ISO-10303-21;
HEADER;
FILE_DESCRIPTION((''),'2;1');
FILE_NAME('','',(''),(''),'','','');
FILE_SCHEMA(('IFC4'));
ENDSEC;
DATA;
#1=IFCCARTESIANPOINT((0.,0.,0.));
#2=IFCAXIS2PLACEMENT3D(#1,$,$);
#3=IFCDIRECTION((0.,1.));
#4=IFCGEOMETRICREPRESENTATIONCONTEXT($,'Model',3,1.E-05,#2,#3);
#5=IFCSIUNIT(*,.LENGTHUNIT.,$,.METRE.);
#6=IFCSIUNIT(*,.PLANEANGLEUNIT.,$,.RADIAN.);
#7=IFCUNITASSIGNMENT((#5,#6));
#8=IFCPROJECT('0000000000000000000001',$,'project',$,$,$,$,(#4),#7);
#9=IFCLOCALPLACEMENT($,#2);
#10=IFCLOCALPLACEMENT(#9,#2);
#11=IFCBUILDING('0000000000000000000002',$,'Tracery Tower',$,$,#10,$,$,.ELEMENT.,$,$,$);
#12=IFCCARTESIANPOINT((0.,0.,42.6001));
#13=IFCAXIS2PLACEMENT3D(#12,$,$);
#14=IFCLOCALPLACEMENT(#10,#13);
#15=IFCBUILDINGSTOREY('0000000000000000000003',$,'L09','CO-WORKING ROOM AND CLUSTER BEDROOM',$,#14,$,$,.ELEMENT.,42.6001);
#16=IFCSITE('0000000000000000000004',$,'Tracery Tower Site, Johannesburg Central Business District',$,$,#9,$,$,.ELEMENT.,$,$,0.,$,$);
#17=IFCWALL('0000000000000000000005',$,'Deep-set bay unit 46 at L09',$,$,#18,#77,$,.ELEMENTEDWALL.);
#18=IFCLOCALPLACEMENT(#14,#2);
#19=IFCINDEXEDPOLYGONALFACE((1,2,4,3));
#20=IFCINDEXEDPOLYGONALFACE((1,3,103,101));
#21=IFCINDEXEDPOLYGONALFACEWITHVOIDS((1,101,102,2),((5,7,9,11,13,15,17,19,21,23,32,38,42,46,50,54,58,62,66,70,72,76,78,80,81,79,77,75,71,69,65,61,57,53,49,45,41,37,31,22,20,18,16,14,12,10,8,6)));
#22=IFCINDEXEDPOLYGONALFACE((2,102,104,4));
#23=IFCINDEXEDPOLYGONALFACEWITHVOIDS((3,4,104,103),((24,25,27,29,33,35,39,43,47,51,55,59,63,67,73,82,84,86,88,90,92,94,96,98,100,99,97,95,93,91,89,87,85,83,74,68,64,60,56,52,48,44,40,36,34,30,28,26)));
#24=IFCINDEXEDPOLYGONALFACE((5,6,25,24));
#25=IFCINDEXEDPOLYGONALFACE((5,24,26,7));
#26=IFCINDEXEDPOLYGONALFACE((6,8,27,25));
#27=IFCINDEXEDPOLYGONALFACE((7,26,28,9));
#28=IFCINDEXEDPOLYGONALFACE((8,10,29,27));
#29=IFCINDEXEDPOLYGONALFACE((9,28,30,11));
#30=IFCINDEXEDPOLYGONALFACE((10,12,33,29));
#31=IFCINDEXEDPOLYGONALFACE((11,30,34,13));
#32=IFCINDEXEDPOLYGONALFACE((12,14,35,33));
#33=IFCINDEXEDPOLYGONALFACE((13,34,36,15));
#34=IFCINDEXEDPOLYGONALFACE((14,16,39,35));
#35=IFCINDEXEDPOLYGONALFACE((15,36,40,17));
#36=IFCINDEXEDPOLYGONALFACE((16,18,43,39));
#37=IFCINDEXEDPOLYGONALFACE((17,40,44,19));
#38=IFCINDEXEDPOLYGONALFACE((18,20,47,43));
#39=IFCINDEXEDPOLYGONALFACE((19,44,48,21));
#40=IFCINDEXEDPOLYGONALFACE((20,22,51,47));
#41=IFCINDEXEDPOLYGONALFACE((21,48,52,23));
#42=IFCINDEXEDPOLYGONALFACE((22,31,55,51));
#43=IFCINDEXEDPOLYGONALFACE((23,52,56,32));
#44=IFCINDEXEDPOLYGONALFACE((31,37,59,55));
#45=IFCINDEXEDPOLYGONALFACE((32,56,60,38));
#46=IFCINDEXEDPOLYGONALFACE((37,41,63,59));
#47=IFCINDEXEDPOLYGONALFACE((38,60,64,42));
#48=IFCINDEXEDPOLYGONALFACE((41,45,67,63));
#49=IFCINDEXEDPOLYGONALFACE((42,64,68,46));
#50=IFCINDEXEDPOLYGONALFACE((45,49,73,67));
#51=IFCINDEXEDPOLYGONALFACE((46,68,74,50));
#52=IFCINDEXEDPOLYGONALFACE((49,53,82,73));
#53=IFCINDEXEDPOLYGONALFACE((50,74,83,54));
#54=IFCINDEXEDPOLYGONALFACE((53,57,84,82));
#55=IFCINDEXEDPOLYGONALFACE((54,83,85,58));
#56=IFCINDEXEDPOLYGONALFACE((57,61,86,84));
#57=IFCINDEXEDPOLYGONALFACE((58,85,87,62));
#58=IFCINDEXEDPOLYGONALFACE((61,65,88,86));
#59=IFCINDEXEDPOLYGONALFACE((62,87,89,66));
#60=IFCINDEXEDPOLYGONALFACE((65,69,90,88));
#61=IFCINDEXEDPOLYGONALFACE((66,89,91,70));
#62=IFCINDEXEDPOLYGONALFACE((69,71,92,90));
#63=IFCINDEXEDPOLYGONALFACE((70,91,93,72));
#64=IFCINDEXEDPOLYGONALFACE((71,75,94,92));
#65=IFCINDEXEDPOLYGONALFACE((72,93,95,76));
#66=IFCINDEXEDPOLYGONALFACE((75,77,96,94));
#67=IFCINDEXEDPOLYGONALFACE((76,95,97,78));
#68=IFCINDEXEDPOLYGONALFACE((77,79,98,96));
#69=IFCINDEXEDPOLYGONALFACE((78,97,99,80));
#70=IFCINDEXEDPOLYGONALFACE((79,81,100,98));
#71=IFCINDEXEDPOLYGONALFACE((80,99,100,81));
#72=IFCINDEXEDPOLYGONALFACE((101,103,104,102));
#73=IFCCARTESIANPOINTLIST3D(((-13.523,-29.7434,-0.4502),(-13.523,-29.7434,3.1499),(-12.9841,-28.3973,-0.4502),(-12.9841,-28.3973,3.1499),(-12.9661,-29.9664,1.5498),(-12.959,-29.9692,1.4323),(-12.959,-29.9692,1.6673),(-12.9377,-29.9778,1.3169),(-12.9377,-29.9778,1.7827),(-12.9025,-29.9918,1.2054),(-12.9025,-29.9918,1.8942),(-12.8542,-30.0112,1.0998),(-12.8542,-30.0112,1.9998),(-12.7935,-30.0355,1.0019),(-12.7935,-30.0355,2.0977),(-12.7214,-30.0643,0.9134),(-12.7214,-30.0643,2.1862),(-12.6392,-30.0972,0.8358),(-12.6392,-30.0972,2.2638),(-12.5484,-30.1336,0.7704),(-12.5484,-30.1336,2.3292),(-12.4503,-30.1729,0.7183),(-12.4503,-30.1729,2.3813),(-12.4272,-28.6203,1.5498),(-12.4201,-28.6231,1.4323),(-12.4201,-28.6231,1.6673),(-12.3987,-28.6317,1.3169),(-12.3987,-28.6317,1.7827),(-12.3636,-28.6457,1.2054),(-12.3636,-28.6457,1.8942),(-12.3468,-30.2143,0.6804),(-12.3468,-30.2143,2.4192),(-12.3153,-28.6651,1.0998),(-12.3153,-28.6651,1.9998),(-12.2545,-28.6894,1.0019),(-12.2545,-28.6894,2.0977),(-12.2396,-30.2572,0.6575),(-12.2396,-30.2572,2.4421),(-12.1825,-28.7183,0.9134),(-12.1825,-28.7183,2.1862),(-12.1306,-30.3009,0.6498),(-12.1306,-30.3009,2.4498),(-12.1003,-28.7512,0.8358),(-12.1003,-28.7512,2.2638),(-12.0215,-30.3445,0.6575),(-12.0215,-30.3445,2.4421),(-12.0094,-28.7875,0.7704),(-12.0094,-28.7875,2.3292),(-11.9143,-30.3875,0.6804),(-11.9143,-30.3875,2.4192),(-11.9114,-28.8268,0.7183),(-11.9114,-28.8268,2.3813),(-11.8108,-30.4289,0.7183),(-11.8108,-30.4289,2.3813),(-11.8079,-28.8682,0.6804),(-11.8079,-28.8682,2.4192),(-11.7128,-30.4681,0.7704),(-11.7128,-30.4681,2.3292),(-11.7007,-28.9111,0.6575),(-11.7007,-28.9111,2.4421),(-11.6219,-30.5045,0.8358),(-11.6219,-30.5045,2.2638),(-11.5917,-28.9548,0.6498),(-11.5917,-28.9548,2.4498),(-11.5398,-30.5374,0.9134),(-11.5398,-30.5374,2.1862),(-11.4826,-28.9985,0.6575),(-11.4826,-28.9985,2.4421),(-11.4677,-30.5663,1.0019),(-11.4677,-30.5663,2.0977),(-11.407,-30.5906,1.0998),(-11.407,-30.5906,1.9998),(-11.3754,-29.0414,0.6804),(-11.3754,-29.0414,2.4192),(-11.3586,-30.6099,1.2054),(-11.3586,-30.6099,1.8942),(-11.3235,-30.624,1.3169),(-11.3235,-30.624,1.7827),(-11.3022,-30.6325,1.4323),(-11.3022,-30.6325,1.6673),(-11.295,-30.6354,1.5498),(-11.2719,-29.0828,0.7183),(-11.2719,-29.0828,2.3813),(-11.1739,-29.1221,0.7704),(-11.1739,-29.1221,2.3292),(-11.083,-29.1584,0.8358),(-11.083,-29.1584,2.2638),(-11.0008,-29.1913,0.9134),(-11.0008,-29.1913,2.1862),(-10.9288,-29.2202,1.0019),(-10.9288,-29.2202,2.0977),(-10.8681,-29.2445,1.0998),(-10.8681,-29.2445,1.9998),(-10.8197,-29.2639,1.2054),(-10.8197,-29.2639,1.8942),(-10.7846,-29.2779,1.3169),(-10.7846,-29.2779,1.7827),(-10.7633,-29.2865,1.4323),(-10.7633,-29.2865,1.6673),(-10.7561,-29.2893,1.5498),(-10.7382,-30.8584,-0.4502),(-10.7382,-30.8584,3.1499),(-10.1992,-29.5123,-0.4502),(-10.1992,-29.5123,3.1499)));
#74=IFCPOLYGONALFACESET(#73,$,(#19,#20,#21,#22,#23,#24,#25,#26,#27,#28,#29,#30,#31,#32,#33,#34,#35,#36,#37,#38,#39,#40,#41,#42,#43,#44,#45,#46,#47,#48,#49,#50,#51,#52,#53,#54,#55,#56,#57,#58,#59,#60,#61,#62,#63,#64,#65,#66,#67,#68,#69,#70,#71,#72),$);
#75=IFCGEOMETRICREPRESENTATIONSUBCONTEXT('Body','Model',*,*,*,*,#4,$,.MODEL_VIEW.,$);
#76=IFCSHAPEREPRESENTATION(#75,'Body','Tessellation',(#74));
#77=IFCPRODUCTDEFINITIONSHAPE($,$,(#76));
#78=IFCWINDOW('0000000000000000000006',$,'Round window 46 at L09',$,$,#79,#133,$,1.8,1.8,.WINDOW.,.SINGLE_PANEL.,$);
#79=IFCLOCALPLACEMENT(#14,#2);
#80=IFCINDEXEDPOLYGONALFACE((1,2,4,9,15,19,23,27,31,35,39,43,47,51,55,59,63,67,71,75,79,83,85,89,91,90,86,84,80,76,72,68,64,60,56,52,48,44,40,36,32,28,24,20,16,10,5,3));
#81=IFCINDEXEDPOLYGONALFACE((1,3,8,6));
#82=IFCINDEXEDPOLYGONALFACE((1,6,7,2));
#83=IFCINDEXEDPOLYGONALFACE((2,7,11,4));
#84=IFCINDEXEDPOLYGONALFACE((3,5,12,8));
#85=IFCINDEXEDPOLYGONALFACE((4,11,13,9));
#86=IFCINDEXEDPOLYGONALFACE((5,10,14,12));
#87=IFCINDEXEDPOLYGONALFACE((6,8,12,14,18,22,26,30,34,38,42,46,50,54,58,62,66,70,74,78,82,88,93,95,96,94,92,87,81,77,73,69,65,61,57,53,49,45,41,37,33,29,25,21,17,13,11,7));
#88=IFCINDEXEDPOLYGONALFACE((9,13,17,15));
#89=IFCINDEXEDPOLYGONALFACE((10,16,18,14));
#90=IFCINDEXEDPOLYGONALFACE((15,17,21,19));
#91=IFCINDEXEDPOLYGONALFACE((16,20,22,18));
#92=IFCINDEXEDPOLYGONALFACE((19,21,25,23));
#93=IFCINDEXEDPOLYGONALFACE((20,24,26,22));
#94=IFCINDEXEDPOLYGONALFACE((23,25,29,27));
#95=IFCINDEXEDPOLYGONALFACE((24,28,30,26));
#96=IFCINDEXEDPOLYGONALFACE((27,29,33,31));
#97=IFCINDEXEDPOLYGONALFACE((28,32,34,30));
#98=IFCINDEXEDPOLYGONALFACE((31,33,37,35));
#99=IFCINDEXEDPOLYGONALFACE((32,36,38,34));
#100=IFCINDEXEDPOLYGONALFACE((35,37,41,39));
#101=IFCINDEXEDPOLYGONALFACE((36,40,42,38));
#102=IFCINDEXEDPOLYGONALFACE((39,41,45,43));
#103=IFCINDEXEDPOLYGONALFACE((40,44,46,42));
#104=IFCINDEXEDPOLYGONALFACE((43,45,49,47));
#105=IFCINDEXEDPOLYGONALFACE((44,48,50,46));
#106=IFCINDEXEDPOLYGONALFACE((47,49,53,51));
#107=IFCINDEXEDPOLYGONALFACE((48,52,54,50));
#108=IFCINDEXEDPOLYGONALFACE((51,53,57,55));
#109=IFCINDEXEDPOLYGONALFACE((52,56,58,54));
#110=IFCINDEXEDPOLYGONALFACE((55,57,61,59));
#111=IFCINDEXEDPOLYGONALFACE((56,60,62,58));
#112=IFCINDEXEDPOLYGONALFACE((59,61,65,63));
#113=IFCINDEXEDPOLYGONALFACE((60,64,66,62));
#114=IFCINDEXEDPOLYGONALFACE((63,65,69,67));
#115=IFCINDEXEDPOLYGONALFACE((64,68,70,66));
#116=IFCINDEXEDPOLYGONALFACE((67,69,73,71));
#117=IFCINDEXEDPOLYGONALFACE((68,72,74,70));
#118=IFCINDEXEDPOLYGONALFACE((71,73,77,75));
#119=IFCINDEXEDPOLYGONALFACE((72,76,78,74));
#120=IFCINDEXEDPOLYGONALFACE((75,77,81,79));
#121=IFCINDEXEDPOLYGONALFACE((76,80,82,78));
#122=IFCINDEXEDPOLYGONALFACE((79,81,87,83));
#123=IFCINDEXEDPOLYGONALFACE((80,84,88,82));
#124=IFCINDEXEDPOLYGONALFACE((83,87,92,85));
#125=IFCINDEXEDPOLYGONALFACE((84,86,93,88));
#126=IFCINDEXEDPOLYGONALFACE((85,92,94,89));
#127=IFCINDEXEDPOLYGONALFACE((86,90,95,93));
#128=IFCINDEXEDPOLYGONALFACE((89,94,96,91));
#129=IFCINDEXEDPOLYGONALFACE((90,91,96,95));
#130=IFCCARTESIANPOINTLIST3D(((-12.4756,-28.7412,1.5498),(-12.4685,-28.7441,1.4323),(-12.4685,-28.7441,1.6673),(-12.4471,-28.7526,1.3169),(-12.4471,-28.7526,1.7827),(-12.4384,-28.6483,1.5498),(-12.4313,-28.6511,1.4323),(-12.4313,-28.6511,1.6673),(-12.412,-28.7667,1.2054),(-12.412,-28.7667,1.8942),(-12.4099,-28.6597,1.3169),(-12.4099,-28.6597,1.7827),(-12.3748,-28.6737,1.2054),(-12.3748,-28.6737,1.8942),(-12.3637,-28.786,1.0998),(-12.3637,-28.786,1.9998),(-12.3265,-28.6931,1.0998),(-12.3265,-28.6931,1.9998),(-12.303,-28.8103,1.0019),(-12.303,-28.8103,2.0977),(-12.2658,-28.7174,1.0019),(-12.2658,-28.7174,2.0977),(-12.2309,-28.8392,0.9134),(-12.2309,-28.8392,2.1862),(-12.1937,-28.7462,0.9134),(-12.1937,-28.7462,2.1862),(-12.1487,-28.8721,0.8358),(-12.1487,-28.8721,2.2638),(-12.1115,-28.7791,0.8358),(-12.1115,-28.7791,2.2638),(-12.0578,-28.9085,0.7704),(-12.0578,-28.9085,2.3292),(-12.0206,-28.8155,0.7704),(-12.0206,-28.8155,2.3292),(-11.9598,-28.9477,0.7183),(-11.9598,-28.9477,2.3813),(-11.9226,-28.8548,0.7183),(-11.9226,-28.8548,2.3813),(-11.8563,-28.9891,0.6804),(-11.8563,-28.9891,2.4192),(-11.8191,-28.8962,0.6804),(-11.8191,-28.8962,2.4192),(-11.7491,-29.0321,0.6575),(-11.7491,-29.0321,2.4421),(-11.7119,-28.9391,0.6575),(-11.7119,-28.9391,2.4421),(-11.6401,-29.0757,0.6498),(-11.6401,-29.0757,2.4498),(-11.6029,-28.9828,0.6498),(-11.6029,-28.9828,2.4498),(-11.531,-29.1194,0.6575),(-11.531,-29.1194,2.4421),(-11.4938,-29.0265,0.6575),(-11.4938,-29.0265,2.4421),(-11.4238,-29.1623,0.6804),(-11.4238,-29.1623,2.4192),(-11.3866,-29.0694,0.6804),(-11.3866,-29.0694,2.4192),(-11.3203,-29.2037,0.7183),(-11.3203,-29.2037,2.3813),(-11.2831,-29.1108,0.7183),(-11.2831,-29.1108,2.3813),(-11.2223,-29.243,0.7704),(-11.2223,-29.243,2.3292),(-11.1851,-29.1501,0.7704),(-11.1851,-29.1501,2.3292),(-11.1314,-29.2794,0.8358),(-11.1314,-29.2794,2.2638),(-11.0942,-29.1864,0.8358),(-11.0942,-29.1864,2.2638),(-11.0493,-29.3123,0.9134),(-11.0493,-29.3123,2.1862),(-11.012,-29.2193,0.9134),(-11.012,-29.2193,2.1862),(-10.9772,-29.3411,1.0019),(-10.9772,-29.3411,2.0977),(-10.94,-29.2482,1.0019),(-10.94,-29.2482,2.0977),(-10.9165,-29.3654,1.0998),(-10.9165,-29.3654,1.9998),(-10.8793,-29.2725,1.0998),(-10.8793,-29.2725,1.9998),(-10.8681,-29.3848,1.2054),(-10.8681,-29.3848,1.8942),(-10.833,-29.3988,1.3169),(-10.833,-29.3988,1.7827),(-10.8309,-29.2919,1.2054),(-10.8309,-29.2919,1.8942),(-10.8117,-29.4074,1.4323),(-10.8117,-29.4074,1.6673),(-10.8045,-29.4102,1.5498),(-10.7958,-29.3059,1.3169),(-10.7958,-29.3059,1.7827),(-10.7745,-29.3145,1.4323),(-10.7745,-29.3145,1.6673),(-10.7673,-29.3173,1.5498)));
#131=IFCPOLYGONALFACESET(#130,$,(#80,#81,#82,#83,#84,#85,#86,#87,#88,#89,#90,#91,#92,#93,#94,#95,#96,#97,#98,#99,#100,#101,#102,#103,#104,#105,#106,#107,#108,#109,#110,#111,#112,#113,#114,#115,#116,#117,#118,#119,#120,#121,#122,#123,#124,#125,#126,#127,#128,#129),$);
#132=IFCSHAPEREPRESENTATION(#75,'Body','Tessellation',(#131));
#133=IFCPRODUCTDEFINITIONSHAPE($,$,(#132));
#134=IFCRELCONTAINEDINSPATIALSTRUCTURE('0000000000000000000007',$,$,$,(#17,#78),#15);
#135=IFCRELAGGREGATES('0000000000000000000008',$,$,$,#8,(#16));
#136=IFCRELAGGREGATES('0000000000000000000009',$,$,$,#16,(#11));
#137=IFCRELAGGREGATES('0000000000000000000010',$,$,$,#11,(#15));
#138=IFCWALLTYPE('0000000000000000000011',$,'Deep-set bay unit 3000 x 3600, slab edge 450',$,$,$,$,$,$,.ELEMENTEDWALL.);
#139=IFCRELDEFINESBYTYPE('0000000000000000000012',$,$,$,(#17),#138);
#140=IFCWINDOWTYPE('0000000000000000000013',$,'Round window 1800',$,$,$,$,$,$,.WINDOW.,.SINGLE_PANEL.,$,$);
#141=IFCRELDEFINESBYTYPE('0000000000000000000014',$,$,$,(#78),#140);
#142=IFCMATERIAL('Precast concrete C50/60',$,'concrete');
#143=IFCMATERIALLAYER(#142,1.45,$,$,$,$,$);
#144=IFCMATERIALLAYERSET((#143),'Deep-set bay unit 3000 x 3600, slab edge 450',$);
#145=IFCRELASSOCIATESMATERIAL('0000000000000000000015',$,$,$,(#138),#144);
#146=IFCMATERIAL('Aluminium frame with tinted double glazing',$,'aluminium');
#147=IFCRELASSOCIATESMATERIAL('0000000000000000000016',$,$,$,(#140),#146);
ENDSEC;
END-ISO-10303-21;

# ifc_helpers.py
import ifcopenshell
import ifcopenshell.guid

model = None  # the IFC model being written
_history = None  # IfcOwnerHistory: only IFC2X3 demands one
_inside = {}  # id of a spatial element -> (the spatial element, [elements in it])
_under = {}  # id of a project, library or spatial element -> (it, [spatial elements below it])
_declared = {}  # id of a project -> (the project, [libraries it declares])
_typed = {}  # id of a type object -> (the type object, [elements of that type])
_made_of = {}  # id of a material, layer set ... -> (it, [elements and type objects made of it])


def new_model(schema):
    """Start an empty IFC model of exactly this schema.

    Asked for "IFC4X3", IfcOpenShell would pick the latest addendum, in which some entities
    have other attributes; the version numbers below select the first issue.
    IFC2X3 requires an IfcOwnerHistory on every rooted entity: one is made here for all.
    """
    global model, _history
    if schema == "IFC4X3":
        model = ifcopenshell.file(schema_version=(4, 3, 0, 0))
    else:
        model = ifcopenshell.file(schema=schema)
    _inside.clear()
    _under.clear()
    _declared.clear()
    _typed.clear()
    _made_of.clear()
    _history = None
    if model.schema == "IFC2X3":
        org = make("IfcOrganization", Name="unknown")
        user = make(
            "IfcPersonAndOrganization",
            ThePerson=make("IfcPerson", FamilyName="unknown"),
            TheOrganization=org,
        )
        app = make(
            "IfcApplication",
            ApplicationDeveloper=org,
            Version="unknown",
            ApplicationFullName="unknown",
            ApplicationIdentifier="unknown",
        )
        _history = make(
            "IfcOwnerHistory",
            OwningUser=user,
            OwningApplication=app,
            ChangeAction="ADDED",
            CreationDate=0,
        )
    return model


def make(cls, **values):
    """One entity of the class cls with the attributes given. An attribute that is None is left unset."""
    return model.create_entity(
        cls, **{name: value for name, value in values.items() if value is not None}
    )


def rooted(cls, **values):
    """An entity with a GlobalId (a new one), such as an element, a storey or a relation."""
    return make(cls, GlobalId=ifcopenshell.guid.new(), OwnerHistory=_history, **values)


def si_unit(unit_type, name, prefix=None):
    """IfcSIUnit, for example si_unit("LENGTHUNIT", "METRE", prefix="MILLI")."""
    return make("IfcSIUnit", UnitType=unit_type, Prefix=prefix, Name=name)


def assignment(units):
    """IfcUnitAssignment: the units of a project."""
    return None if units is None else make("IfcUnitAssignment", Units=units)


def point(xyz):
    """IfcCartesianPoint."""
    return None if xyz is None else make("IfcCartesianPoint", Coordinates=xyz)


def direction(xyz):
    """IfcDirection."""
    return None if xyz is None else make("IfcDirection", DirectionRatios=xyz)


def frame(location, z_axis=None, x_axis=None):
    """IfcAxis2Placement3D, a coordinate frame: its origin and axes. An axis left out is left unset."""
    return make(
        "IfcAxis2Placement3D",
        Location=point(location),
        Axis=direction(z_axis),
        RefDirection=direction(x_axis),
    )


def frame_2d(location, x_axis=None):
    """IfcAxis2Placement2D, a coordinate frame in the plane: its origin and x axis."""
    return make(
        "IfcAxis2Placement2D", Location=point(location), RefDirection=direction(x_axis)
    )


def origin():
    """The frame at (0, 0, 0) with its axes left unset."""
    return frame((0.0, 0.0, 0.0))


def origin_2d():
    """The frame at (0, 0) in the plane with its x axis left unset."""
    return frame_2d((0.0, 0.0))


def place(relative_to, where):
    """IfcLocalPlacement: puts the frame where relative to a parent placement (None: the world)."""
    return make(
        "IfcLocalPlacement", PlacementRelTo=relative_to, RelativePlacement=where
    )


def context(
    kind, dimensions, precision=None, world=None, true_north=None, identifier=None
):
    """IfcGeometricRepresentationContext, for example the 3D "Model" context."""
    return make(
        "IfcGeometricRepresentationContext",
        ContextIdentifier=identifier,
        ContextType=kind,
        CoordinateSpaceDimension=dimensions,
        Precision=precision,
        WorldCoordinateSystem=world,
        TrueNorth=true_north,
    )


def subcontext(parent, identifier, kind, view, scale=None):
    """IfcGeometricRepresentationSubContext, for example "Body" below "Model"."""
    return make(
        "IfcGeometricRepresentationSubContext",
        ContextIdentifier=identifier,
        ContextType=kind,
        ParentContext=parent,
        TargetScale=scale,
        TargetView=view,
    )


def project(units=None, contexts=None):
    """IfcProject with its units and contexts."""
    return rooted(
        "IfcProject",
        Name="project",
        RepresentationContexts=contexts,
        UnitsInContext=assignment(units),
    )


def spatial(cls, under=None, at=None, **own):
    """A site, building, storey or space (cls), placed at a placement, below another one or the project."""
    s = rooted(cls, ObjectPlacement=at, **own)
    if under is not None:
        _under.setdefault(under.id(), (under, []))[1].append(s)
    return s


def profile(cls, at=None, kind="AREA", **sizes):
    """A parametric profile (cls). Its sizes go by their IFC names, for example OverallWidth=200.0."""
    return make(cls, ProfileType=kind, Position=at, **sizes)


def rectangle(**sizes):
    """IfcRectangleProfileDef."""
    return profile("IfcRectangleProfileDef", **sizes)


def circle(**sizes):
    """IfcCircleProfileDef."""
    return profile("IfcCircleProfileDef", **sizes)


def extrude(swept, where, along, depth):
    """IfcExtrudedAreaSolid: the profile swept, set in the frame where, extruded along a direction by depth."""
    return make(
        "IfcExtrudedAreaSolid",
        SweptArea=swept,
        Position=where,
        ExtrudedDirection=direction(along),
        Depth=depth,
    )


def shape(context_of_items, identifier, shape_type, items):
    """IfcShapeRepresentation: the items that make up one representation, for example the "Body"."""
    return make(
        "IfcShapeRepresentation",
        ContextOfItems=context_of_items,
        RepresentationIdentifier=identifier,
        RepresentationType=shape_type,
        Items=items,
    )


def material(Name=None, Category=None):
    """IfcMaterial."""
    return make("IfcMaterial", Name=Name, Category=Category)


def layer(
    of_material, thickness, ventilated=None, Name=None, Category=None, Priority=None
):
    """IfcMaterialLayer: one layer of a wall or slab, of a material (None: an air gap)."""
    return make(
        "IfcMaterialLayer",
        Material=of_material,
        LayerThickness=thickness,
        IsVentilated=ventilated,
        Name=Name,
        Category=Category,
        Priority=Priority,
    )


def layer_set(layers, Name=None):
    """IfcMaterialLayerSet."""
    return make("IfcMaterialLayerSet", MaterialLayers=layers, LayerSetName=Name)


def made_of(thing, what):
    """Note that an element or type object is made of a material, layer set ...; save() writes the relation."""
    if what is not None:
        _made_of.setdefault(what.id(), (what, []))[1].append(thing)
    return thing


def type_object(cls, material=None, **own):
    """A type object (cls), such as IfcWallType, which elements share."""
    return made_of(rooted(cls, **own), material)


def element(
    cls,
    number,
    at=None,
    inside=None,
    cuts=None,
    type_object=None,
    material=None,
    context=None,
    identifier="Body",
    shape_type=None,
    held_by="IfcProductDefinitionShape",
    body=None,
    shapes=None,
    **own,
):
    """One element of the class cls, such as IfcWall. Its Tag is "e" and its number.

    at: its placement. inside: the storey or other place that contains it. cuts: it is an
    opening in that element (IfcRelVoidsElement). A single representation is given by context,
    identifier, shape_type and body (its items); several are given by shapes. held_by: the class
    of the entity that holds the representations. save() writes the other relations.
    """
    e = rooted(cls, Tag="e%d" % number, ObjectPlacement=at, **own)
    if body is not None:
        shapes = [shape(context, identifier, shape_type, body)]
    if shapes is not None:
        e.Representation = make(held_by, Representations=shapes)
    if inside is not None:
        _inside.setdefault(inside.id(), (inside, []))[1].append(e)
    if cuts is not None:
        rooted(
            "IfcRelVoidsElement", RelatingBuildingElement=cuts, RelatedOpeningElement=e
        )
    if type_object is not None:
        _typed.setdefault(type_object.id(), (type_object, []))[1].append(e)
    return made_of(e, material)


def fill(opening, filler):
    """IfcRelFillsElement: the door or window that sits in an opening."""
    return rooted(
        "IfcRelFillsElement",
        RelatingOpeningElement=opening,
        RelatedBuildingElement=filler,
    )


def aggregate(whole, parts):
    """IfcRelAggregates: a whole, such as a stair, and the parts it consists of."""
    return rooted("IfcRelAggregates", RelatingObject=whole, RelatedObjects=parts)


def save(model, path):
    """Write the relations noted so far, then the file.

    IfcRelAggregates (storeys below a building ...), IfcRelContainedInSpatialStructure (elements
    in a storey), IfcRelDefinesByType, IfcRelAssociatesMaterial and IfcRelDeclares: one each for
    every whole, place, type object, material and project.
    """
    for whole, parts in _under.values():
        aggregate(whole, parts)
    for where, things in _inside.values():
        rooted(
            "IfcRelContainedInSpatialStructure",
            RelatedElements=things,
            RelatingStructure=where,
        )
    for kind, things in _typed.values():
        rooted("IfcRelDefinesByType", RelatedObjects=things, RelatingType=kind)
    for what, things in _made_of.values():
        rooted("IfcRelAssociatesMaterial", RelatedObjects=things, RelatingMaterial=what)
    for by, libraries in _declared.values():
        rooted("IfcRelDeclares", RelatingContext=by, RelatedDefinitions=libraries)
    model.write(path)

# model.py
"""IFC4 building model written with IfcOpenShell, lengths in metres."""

from ifc_helpers import new_model, si_unit, direction, frame, frame_2d, origin, origin_2d, place, context, subcontext, project, spatial, rectangle, circle, extrude, material, layer, layer_set, type_object, element, fill, save


model = new_model("IFC4")

# Units and contexts
model_context = context("Model", 3, precision=1e-05, world=origin(), true_north=direction((0.0, 1.0)))
body_context = subcontext(model_context, "Body", "Model", "MODEL_VIEW")
ifc_project = project(units=[si_unit("LENGTHUNIT", "METRE"), si_unit("PLANEANGLEUNIT", "RADIAN")], contexts=[model_context])

# Site, building, storey
site_placement = place(None, origin())
site = spatial("IfcSite", under=ifc_project, at=site_placement, Name="Tracery Tower Site, Johannesburg Central Business District", CompositionType="ELEMENT", RefElevation=0.0)
building_placement = place(site_placement, origin())
building = spatial("IfcBuilding", under=site, at=building_placement, Name="Tracery Tower", CompositionType="ELEMENT")
storey_placement = place(building_placement, frame((0.0, 0.0, 42.6001)))
storey = spatial("IfcBuildingStorey", under=building, at=storey_placement, Name="L09", Description="CO-WORKING ROOM AND CLUSTER BEDROOM", CompositionType="ELEMENT", Elevation=42.6001)

# Wall, opening, window
ifc_material_1 = material(Name="Precast concrete C50/60", Category="concrete")
ifc_layer_1 = layer(ifc_material_1, 1.45)
ifc_layer_set_1 = layer_set([ifc_layer_1], Name="Deep-set bay unit 3000 x 3600, slab edge 450")
wall_type_1 = type_object("IfcWallType", Name="Deep-set bay unit 3000 x 3600, slab edge 450", PredefinedType="ELEMENTEDWALL", material=ifc_layer_set_1)
wall_1_placement = place(storey_placement, frame((-13.2537, -29.0703, -0.4502), z_axis=(0.0, 0.0, 1.0), x_axis=(0.928359, -0.371685, 0.0)))
wall_1 = element("IfcWall", 1, at=wall_1_placement, inside=storey, type_object=wall_type_1, Name="Deep-set bay unit 46 at L09", PredefinedType="ELEMENTEDWALL", context=body_context, shape_type="SweptSolid", body=[
    extrude(rectangle(XDim=2.9998, YDim=1.45, at=frame_2d((1.5, 0.0))), origin(), (0.0, 0.0, 1.0), 3.6001),
])
opening_1_placement = place(wall_1_placement, frame((1.5, 0.0, 2.0)))
opening_1 = element("IfcOpeningElement", 2, at=opening_1_placement, cuts=wall_1, PredefinedType="OPENING", context=body_context, shape_type="SweptSolid", body=[
    extrude(circle(Radius=0.9, at=origin_2d()), frame((0.0, 0.7349, 0.0), z_axis=(0.0, -1.0, 0.0), x_axis=(1.0, 0.0, 0.0)), (0.0, 0.0, 1.0), 1.47),
])
ifc_material_2 = material(Name="Aluminium frame with tinted double glazing", Category="aluminium")
window_type = type_object("IfcWindowType", Name="Round window 1800", PartitioningType="SINGLE_PANEL", PredefinedType="WINDOW", material=ifc_material_2)
window_1_placement = place(opening_1_placement, origin())
window_1 = element("IfcWindow", 3, at=window_1_placement, inside=storey, type_object=window_type, Name="Round window 46 at L09", OverallHeight=1.8, OverallWidth=1.8, PartitioningType="SINGLE_PANEL", PredefinedType="WINDOW", context=body_context, shape_type="SweptSolid", body=[
    extrude(circle(Radius=0.9, at=origin_2d()), frame((0.0, 0.6948, 0.0), z_axis=(0.0, -1.0, 0.0), x_axis=(1.0, 0.0, 0.0)), (0.0, 0.0, 1.0), 0.1001),
])
fill(opening_1, window_1)

save(model, "model.ifc")
